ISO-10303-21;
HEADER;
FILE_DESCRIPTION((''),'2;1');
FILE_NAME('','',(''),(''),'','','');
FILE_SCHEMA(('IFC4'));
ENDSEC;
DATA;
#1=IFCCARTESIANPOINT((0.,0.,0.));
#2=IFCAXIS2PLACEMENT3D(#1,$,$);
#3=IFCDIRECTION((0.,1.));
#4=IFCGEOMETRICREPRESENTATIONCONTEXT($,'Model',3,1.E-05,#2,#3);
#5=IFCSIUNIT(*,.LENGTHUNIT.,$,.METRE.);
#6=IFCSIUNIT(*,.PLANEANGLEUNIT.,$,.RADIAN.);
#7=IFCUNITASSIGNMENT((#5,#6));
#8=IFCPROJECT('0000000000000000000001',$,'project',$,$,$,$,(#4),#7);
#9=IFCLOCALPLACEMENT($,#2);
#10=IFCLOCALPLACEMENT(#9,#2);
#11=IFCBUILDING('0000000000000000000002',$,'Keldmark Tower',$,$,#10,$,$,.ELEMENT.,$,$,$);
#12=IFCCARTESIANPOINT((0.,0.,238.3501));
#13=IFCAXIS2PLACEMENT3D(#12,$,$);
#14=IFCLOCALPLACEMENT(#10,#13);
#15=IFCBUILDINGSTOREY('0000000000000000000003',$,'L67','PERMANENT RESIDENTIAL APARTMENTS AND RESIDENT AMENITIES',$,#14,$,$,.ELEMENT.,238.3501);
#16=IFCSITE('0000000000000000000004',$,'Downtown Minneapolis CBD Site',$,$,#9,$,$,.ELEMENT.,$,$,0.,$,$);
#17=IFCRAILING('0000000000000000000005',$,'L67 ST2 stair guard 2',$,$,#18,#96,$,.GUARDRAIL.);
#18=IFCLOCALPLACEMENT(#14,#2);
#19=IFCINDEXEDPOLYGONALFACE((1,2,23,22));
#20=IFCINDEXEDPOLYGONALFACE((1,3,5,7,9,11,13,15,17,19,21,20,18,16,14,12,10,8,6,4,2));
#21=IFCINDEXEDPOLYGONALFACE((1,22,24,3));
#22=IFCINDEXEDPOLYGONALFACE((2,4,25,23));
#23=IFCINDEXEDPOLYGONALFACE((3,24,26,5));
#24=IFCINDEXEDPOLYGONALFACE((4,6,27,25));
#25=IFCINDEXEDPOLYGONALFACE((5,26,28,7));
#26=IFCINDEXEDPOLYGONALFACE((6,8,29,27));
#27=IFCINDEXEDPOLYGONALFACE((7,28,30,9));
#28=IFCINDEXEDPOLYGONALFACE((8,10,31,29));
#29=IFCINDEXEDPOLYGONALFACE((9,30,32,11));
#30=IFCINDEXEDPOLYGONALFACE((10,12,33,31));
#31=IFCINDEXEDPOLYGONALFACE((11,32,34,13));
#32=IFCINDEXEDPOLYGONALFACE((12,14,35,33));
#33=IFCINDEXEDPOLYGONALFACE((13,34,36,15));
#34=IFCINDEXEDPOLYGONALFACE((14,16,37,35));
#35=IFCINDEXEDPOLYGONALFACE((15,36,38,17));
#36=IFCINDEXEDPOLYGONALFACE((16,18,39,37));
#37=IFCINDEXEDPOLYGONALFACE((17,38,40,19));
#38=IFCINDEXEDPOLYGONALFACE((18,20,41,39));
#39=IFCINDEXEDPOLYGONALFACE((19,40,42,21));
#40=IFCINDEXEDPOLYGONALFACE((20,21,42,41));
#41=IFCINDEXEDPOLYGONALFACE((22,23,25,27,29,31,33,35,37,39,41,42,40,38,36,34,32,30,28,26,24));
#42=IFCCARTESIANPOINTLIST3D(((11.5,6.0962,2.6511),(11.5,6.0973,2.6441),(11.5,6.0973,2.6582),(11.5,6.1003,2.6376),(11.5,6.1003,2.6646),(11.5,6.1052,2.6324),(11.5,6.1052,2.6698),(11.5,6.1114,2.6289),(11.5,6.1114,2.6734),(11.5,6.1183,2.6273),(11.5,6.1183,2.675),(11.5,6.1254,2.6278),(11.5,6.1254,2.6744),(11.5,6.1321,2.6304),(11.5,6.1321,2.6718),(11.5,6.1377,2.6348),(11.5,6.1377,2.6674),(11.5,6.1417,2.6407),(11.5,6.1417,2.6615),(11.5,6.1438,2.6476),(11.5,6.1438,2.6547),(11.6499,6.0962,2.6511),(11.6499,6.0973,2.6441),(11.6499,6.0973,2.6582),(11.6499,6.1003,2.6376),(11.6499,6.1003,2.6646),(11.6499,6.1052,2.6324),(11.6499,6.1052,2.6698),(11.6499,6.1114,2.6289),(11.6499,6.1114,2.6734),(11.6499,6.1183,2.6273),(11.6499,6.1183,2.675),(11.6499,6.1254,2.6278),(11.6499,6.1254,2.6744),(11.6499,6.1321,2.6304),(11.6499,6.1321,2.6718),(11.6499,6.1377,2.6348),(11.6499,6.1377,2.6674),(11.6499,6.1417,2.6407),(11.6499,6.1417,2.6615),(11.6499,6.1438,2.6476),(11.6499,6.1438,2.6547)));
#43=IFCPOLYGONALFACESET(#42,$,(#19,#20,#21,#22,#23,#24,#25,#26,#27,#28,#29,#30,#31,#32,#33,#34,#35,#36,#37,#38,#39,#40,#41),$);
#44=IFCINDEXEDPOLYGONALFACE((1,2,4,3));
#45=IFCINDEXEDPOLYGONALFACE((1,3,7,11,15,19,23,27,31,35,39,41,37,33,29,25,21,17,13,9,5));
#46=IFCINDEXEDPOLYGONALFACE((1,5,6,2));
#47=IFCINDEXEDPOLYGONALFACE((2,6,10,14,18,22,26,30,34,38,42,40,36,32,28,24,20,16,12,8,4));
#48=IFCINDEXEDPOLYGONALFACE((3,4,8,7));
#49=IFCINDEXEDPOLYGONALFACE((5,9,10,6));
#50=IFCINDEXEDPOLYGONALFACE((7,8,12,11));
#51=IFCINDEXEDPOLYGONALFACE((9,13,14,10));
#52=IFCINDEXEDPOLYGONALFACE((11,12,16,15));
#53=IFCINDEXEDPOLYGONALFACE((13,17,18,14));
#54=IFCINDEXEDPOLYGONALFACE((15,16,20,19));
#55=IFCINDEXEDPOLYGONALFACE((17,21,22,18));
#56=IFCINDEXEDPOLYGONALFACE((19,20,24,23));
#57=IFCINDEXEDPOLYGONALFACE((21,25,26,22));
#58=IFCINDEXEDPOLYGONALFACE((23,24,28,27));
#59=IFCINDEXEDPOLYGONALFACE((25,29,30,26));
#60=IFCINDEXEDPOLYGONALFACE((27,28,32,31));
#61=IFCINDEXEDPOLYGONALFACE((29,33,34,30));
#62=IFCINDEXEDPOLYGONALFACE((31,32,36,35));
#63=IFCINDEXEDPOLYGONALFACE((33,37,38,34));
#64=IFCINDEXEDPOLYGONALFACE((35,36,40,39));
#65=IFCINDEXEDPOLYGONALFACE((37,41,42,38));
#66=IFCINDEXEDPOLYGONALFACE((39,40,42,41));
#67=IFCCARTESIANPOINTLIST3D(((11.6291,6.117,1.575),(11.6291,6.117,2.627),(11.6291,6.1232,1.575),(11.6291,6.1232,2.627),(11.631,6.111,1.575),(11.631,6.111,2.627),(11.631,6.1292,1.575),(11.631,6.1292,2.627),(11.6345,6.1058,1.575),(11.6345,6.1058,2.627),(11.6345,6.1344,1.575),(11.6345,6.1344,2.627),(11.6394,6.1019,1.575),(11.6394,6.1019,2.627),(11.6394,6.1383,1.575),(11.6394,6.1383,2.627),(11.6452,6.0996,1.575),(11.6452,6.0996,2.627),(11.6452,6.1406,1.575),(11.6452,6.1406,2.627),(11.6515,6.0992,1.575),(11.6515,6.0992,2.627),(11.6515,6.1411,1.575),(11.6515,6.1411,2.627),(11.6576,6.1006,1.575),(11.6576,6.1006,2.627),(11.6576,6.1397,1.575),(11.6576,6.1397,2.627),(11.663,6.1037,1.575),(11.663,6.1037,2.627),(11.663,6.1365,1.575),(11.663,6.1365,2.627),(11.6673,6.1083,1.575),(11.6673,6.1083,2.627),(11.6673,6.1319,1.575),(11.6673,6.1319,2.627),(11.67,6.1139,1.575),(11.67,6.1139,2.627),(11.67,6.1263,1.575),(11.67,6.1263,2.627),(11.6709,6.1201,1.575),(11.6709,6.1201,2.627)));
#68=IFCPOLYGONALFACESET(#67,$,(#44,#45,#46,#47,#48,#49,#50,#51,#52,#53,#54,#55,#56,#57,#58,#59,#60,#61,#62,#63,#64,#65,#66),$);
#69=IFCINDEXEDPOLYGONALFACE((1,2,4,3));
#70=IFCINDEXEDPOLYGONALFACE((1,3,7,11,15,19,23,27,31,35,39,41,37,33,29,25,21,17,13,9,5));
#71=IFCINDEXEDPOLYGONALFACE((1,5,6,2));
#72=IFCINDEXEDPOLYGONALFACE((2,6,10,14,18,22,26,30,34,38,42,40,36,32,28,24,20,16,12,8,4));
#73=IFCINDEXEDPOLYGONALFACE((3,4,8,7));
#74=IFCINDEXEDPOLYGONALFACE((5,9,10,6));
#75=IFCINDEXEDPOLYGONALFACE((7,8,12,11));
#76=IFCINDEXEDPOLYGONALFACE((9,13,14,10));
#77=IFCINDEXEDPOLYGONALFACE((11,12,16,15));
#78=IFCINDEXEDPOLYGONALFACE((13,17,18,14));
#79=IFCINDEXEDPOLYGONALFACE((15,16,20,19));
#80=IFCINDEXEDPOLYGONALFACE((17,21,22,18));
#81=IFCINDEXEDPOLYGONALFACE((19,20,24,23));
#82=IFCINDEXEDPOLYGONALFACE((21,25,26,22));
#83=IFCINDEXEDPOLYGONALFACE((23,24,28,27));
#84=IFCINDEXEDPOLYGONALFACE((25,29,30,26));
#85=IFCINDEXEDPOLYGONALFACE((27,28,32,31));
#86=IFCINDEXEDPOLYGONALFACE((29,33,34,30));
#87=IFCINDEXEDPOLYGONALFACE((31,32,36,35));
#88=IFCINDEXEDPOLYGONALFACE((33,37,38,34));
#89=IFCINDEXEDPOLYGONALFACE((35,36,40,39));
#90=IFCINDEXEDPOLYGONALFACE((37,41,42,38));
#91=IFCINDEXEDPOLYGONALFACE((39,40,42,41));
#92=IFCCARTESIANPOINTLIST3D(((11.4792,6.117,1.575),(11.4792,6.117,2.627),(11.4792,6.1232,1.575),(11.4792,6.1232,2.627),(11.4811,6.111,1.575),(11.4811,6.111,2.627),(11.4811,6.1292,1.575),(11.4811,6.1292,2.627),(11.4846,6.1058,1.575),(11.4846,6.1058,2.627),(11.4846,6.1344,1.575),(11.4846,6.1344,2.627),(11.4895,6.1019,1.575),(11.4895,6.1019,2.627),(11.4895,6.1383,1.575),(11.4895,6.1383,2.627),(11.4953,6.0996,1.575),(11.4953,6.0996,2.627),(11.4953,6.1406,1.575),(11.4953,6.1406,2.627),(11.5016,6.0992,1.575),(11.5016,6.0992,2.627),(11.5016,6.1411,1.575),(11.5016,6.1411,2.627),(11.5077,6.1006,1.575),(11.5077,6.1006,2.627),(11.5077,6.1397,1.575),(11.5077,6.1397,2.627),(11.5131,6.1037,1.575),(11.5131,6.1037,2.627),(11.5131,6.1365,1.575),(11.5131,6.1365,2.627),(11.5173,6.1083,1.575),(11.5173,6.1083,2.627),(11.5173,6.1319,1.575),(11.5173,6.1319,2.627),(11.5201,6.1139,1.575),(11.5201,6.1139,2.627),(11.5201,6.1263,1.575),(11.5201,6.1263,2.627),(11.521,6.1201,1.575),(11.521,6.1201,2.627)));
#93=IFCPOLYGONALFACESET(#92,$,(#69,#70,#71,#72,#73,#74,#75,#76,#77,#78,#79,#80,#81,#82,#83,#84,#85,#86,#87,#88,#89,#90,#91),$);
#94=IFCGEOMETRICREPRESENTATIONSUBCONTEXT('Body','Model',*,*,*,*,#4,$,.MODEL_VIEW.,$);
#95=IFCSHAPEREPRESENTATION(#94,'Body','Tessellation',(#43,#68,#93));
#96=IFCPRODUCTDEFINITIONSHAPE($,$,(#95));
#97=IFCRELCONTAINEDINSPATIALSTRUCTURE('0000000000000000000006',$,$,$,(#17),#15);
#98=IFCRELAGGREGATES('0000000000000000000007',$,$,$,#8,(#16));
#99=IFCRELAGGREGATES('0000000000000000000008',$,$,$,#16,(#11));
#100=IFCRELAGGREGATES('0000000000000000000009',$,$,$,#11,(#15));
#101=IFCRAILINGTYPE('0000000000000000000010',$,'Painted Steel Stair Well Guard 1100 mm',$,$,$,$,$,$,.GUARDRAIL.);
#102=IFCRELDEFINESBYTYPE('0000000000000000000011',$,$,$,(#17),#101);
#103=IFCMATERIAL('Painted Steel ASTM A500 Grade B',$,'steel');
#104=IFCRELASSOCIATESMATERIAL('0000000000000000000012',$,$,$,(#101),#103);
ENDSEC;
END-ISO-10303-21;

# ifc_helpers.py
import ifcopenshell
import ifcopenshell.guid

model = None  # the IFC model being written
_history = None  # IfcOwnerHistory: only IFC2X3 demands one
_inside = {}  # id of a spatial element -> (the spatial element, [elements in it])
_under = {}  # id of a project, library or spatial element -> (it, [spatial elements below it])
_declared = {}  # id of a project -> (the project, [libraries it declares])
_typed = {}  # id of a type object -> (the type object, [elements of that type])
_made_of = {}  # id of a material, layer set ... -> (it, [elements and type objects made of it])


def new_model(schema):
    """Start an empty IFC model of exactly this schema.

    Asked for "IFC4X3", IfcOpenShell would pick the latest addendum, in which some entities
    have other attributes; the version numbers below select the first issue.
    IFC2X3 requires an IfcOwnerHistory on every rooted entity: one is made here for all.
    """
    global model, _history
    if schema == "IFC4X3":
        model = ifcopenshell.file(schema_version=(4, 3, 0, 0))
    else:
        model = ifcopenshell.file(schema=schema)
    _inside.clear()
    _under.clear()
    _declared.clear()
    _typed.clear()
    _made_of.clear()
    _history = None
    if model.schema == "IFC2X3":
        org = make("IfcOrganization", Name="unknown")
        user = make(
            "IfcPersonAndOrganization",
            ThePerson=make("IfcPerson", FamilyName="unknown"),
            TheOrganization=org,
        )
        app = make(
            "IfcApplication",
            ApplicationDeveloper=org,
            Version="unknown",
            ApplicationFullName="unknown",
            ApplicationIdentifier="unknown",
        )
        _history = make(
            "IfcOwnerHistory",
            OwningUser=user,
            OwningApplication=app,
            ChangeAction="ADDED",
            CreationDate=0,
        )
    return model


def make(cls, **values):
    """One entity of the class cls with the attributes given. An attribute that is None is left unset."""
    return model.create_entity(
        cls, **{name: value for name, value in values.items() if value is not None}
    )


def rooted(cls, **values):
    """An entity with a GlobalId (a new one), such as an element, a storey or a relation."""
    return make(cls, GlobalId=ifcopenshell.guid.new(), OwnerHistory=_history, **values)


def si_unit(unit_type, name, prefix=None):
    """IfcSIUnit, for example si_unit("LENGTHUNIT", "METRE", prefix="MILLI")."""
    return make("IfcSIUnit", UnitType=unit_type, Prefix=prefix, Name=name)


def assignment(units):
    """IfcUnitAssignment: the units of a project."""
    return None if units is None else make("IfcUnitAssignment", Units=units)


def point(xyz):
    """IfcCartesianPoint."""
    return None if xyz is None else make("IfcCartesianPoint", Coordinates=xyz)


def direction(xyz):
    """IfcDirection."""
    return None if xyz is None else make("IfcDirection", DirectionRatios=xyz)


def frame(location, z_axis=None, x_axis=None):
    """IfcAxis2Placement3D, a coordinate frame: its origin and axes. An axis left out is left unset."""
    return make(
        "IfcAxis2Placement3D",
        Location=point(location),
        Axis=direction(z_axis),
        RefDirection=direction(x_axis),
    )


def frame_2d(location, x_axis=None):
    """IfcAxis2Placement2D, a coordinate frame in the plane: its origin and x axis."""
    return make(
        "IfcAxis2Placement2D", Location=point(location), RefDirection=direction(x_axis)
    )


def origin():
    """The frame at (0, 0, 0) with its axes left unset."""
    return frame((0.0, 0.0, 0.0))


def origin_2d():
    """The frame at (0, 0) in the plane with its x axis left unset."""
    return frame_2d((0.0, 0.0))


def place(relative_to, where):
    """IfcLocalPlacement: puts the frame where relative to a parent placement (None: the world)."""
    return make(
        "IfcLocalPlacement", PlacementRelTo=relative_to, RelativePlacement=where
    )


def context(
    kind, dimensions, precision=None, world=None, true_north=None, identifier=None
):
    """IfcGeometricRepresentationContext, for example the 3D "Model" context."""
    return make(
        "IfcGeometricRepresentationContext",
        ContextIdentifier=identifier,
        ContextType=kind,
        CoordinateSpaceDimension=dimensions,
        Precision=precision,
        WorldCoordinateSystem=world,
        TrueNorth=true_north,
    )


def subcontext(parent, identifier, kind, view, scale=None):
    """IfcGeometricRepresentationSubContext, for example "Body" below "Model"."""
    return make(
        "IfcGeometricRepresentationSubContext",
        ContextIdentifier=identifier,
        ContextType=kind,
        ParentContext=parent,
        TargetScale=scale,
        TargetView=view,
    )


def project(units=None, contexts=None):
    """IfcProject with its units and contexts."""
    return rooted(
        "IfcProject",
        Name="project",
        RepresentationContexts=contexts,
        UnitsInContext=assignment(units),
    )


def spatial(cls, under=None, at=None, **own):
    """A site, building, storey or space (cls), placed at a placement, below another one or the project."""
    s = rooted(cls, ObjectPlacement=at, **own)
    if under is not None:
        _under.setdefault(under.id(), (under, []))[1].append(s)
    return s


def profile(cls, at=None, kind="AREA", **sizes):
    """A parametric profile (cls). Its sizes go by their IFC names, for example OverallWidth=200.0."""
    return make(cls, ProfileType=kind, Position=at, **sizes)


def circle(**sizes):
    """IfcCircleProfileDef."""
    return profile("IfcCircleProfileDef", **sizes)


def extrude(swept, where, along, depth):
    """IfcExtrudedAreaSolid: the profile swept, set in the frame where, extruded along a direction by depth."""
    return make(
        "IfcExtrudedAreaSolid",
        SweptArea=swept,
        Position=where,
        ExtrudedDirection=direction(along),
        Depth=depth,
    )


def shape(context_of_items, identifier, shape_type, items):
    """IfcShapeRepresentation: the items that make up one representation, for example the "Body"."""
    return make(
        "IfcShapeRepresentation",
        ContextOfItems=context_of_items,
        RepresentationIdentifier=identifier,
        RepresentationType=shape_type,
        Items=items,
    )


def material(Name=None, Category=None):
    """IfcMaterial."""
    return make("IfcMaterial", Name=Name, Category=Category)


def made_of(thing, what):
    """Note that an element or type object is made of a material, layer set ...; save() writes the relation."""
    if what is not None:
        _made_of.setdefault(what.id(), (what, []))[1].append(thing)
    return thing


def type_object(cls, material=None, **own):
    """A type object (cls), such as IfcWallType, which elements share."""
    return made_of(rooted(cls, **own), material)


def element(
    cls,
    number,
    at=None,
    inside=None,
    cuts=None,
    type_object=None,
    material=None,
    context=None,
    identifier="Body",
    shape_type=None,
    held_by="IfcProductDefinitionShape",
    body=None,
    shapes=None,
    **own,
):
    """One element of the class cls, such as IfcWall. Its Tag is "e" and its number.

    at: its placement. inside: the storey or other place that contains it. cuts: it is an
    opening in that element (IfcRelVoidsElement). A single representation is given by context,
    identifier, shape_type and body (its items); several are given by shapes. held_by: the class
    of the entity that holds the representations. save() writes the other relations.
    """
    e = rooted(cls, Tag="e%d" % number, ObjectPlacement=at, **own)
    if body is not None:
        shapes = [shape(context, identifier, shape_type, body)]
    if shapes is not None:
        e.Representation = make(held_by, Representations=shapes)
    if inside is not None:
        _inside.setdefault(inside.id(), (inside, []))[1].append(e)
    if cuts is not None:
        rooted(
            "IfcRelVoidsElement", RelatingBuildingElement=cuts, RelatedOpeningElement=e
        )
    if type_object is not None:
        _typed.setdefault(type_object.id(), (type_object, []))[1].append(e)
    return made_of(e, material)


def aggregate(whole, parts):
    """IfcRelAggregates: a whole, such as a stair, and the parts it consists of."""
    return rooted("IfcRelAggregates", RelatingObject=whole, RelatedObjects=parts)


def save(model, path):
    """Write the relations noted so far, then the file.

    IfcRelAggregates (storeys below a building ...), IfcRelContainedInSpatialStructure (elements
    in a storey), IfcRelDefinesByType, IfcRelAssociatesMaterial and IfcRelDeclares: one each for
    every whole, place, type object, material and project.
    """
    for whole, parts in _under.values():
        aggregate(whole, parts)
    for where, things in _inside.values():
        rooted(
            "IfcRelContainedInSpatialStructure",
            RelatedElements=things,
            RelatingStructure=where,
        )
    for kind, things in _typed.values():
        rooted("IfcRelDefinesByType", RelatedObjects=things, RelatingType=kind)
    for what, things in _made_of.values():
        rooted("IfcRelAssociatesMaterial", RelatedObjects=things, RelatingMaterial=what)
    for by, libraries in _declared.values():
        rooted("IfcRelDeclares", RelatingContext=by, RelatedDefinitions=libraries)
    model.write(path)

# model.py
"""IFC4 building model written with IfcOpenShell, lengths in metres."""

from ifc_helpers import new_model, si_unit, direction, frame, origin, origin_2d, place, context, subcontext, project, spatial, circle, extrude, material, type_object, element, save


model = new_model("IFC4")

# Units and contexts
model_context = context("Model", 3, precision=1e-05, world=origin(), true_north=direction((0.0, 1.0)))
body_context = subcontext(model_context, "Body", "Model", "MODEL_VIEW")
ifc_project = project(units=[si_unit("LENGTHUNIT", "METRE"), si_unit("PLANEANGLEUNIT", "RADIAN")], contexts=[model_context])

# Site, building, storey
site_placement = place(None, origin())
site = spatial("IfcSite", under=ifc_project, at=site_placement, Name="Downtown Minneapolis CBD Site", CompositionType="ELEMENT", RefElevation=0.0)
building_placement = place(site_placement, origin())
building = spatial("IfcBuilding", under=site, at=building_placement, Name="Keldmark Tower", CompositionType="ELEMENT")
storey_placement = place(building_placement, frame((0.0, 0.0, 238.3501)))
storey = spatial("IfcBuildingStorey", under=building, at=storey_placement, Name="L67", Description="PERMANENT RESIDENTIAL APARTMENTS AND RESIDENT AMENITIES", CompositionType="ELEMENT", Elevation=238.3501)

# Railing
ifc_material_1 = material(Name="Painted Steel ASTM A500 Grade B", Category="steel")
railing_type_1 = type_object("IfcRailingType", Name="Painted Steel Stair Well Guard 1100 mm", PredefinedType="GUARDRAIL", material=ifc_material_1)
railing_1_placement = place(storey_placement, frame((11.6499, 6.1201, 1.575)))
element("IfcRailing", 1, at=railing_1_placement, inside=storey, type_object=railing_type_1, Name="L67 ST2 stair guard 2", PredefinedType="GUARDRAIL", context=body_context, shape_type="SweptSolid", body=[
    extrude(circle(Radius=0.0239, at=origin_2d()), frame((0.0, 0.0, 1.0762), z_axis=(-1.0, 0.0, 0.0), x_axis=(0.0, -1.0, 0.0)), (0.0, 0.0, 1.0), 0.1499),
    extrude(circle(Radius=0.021, at=origin_2d()), origin(), (0.0, 0.0, 1.0), 1.052),
    extrude(circle(Radius=0.021, at=origin_2d()), frame((-0.1499, 0.0, 0.0)), (0.0, 0.0, 1.0), 1.052),
])

save(model, "model.ifc")
